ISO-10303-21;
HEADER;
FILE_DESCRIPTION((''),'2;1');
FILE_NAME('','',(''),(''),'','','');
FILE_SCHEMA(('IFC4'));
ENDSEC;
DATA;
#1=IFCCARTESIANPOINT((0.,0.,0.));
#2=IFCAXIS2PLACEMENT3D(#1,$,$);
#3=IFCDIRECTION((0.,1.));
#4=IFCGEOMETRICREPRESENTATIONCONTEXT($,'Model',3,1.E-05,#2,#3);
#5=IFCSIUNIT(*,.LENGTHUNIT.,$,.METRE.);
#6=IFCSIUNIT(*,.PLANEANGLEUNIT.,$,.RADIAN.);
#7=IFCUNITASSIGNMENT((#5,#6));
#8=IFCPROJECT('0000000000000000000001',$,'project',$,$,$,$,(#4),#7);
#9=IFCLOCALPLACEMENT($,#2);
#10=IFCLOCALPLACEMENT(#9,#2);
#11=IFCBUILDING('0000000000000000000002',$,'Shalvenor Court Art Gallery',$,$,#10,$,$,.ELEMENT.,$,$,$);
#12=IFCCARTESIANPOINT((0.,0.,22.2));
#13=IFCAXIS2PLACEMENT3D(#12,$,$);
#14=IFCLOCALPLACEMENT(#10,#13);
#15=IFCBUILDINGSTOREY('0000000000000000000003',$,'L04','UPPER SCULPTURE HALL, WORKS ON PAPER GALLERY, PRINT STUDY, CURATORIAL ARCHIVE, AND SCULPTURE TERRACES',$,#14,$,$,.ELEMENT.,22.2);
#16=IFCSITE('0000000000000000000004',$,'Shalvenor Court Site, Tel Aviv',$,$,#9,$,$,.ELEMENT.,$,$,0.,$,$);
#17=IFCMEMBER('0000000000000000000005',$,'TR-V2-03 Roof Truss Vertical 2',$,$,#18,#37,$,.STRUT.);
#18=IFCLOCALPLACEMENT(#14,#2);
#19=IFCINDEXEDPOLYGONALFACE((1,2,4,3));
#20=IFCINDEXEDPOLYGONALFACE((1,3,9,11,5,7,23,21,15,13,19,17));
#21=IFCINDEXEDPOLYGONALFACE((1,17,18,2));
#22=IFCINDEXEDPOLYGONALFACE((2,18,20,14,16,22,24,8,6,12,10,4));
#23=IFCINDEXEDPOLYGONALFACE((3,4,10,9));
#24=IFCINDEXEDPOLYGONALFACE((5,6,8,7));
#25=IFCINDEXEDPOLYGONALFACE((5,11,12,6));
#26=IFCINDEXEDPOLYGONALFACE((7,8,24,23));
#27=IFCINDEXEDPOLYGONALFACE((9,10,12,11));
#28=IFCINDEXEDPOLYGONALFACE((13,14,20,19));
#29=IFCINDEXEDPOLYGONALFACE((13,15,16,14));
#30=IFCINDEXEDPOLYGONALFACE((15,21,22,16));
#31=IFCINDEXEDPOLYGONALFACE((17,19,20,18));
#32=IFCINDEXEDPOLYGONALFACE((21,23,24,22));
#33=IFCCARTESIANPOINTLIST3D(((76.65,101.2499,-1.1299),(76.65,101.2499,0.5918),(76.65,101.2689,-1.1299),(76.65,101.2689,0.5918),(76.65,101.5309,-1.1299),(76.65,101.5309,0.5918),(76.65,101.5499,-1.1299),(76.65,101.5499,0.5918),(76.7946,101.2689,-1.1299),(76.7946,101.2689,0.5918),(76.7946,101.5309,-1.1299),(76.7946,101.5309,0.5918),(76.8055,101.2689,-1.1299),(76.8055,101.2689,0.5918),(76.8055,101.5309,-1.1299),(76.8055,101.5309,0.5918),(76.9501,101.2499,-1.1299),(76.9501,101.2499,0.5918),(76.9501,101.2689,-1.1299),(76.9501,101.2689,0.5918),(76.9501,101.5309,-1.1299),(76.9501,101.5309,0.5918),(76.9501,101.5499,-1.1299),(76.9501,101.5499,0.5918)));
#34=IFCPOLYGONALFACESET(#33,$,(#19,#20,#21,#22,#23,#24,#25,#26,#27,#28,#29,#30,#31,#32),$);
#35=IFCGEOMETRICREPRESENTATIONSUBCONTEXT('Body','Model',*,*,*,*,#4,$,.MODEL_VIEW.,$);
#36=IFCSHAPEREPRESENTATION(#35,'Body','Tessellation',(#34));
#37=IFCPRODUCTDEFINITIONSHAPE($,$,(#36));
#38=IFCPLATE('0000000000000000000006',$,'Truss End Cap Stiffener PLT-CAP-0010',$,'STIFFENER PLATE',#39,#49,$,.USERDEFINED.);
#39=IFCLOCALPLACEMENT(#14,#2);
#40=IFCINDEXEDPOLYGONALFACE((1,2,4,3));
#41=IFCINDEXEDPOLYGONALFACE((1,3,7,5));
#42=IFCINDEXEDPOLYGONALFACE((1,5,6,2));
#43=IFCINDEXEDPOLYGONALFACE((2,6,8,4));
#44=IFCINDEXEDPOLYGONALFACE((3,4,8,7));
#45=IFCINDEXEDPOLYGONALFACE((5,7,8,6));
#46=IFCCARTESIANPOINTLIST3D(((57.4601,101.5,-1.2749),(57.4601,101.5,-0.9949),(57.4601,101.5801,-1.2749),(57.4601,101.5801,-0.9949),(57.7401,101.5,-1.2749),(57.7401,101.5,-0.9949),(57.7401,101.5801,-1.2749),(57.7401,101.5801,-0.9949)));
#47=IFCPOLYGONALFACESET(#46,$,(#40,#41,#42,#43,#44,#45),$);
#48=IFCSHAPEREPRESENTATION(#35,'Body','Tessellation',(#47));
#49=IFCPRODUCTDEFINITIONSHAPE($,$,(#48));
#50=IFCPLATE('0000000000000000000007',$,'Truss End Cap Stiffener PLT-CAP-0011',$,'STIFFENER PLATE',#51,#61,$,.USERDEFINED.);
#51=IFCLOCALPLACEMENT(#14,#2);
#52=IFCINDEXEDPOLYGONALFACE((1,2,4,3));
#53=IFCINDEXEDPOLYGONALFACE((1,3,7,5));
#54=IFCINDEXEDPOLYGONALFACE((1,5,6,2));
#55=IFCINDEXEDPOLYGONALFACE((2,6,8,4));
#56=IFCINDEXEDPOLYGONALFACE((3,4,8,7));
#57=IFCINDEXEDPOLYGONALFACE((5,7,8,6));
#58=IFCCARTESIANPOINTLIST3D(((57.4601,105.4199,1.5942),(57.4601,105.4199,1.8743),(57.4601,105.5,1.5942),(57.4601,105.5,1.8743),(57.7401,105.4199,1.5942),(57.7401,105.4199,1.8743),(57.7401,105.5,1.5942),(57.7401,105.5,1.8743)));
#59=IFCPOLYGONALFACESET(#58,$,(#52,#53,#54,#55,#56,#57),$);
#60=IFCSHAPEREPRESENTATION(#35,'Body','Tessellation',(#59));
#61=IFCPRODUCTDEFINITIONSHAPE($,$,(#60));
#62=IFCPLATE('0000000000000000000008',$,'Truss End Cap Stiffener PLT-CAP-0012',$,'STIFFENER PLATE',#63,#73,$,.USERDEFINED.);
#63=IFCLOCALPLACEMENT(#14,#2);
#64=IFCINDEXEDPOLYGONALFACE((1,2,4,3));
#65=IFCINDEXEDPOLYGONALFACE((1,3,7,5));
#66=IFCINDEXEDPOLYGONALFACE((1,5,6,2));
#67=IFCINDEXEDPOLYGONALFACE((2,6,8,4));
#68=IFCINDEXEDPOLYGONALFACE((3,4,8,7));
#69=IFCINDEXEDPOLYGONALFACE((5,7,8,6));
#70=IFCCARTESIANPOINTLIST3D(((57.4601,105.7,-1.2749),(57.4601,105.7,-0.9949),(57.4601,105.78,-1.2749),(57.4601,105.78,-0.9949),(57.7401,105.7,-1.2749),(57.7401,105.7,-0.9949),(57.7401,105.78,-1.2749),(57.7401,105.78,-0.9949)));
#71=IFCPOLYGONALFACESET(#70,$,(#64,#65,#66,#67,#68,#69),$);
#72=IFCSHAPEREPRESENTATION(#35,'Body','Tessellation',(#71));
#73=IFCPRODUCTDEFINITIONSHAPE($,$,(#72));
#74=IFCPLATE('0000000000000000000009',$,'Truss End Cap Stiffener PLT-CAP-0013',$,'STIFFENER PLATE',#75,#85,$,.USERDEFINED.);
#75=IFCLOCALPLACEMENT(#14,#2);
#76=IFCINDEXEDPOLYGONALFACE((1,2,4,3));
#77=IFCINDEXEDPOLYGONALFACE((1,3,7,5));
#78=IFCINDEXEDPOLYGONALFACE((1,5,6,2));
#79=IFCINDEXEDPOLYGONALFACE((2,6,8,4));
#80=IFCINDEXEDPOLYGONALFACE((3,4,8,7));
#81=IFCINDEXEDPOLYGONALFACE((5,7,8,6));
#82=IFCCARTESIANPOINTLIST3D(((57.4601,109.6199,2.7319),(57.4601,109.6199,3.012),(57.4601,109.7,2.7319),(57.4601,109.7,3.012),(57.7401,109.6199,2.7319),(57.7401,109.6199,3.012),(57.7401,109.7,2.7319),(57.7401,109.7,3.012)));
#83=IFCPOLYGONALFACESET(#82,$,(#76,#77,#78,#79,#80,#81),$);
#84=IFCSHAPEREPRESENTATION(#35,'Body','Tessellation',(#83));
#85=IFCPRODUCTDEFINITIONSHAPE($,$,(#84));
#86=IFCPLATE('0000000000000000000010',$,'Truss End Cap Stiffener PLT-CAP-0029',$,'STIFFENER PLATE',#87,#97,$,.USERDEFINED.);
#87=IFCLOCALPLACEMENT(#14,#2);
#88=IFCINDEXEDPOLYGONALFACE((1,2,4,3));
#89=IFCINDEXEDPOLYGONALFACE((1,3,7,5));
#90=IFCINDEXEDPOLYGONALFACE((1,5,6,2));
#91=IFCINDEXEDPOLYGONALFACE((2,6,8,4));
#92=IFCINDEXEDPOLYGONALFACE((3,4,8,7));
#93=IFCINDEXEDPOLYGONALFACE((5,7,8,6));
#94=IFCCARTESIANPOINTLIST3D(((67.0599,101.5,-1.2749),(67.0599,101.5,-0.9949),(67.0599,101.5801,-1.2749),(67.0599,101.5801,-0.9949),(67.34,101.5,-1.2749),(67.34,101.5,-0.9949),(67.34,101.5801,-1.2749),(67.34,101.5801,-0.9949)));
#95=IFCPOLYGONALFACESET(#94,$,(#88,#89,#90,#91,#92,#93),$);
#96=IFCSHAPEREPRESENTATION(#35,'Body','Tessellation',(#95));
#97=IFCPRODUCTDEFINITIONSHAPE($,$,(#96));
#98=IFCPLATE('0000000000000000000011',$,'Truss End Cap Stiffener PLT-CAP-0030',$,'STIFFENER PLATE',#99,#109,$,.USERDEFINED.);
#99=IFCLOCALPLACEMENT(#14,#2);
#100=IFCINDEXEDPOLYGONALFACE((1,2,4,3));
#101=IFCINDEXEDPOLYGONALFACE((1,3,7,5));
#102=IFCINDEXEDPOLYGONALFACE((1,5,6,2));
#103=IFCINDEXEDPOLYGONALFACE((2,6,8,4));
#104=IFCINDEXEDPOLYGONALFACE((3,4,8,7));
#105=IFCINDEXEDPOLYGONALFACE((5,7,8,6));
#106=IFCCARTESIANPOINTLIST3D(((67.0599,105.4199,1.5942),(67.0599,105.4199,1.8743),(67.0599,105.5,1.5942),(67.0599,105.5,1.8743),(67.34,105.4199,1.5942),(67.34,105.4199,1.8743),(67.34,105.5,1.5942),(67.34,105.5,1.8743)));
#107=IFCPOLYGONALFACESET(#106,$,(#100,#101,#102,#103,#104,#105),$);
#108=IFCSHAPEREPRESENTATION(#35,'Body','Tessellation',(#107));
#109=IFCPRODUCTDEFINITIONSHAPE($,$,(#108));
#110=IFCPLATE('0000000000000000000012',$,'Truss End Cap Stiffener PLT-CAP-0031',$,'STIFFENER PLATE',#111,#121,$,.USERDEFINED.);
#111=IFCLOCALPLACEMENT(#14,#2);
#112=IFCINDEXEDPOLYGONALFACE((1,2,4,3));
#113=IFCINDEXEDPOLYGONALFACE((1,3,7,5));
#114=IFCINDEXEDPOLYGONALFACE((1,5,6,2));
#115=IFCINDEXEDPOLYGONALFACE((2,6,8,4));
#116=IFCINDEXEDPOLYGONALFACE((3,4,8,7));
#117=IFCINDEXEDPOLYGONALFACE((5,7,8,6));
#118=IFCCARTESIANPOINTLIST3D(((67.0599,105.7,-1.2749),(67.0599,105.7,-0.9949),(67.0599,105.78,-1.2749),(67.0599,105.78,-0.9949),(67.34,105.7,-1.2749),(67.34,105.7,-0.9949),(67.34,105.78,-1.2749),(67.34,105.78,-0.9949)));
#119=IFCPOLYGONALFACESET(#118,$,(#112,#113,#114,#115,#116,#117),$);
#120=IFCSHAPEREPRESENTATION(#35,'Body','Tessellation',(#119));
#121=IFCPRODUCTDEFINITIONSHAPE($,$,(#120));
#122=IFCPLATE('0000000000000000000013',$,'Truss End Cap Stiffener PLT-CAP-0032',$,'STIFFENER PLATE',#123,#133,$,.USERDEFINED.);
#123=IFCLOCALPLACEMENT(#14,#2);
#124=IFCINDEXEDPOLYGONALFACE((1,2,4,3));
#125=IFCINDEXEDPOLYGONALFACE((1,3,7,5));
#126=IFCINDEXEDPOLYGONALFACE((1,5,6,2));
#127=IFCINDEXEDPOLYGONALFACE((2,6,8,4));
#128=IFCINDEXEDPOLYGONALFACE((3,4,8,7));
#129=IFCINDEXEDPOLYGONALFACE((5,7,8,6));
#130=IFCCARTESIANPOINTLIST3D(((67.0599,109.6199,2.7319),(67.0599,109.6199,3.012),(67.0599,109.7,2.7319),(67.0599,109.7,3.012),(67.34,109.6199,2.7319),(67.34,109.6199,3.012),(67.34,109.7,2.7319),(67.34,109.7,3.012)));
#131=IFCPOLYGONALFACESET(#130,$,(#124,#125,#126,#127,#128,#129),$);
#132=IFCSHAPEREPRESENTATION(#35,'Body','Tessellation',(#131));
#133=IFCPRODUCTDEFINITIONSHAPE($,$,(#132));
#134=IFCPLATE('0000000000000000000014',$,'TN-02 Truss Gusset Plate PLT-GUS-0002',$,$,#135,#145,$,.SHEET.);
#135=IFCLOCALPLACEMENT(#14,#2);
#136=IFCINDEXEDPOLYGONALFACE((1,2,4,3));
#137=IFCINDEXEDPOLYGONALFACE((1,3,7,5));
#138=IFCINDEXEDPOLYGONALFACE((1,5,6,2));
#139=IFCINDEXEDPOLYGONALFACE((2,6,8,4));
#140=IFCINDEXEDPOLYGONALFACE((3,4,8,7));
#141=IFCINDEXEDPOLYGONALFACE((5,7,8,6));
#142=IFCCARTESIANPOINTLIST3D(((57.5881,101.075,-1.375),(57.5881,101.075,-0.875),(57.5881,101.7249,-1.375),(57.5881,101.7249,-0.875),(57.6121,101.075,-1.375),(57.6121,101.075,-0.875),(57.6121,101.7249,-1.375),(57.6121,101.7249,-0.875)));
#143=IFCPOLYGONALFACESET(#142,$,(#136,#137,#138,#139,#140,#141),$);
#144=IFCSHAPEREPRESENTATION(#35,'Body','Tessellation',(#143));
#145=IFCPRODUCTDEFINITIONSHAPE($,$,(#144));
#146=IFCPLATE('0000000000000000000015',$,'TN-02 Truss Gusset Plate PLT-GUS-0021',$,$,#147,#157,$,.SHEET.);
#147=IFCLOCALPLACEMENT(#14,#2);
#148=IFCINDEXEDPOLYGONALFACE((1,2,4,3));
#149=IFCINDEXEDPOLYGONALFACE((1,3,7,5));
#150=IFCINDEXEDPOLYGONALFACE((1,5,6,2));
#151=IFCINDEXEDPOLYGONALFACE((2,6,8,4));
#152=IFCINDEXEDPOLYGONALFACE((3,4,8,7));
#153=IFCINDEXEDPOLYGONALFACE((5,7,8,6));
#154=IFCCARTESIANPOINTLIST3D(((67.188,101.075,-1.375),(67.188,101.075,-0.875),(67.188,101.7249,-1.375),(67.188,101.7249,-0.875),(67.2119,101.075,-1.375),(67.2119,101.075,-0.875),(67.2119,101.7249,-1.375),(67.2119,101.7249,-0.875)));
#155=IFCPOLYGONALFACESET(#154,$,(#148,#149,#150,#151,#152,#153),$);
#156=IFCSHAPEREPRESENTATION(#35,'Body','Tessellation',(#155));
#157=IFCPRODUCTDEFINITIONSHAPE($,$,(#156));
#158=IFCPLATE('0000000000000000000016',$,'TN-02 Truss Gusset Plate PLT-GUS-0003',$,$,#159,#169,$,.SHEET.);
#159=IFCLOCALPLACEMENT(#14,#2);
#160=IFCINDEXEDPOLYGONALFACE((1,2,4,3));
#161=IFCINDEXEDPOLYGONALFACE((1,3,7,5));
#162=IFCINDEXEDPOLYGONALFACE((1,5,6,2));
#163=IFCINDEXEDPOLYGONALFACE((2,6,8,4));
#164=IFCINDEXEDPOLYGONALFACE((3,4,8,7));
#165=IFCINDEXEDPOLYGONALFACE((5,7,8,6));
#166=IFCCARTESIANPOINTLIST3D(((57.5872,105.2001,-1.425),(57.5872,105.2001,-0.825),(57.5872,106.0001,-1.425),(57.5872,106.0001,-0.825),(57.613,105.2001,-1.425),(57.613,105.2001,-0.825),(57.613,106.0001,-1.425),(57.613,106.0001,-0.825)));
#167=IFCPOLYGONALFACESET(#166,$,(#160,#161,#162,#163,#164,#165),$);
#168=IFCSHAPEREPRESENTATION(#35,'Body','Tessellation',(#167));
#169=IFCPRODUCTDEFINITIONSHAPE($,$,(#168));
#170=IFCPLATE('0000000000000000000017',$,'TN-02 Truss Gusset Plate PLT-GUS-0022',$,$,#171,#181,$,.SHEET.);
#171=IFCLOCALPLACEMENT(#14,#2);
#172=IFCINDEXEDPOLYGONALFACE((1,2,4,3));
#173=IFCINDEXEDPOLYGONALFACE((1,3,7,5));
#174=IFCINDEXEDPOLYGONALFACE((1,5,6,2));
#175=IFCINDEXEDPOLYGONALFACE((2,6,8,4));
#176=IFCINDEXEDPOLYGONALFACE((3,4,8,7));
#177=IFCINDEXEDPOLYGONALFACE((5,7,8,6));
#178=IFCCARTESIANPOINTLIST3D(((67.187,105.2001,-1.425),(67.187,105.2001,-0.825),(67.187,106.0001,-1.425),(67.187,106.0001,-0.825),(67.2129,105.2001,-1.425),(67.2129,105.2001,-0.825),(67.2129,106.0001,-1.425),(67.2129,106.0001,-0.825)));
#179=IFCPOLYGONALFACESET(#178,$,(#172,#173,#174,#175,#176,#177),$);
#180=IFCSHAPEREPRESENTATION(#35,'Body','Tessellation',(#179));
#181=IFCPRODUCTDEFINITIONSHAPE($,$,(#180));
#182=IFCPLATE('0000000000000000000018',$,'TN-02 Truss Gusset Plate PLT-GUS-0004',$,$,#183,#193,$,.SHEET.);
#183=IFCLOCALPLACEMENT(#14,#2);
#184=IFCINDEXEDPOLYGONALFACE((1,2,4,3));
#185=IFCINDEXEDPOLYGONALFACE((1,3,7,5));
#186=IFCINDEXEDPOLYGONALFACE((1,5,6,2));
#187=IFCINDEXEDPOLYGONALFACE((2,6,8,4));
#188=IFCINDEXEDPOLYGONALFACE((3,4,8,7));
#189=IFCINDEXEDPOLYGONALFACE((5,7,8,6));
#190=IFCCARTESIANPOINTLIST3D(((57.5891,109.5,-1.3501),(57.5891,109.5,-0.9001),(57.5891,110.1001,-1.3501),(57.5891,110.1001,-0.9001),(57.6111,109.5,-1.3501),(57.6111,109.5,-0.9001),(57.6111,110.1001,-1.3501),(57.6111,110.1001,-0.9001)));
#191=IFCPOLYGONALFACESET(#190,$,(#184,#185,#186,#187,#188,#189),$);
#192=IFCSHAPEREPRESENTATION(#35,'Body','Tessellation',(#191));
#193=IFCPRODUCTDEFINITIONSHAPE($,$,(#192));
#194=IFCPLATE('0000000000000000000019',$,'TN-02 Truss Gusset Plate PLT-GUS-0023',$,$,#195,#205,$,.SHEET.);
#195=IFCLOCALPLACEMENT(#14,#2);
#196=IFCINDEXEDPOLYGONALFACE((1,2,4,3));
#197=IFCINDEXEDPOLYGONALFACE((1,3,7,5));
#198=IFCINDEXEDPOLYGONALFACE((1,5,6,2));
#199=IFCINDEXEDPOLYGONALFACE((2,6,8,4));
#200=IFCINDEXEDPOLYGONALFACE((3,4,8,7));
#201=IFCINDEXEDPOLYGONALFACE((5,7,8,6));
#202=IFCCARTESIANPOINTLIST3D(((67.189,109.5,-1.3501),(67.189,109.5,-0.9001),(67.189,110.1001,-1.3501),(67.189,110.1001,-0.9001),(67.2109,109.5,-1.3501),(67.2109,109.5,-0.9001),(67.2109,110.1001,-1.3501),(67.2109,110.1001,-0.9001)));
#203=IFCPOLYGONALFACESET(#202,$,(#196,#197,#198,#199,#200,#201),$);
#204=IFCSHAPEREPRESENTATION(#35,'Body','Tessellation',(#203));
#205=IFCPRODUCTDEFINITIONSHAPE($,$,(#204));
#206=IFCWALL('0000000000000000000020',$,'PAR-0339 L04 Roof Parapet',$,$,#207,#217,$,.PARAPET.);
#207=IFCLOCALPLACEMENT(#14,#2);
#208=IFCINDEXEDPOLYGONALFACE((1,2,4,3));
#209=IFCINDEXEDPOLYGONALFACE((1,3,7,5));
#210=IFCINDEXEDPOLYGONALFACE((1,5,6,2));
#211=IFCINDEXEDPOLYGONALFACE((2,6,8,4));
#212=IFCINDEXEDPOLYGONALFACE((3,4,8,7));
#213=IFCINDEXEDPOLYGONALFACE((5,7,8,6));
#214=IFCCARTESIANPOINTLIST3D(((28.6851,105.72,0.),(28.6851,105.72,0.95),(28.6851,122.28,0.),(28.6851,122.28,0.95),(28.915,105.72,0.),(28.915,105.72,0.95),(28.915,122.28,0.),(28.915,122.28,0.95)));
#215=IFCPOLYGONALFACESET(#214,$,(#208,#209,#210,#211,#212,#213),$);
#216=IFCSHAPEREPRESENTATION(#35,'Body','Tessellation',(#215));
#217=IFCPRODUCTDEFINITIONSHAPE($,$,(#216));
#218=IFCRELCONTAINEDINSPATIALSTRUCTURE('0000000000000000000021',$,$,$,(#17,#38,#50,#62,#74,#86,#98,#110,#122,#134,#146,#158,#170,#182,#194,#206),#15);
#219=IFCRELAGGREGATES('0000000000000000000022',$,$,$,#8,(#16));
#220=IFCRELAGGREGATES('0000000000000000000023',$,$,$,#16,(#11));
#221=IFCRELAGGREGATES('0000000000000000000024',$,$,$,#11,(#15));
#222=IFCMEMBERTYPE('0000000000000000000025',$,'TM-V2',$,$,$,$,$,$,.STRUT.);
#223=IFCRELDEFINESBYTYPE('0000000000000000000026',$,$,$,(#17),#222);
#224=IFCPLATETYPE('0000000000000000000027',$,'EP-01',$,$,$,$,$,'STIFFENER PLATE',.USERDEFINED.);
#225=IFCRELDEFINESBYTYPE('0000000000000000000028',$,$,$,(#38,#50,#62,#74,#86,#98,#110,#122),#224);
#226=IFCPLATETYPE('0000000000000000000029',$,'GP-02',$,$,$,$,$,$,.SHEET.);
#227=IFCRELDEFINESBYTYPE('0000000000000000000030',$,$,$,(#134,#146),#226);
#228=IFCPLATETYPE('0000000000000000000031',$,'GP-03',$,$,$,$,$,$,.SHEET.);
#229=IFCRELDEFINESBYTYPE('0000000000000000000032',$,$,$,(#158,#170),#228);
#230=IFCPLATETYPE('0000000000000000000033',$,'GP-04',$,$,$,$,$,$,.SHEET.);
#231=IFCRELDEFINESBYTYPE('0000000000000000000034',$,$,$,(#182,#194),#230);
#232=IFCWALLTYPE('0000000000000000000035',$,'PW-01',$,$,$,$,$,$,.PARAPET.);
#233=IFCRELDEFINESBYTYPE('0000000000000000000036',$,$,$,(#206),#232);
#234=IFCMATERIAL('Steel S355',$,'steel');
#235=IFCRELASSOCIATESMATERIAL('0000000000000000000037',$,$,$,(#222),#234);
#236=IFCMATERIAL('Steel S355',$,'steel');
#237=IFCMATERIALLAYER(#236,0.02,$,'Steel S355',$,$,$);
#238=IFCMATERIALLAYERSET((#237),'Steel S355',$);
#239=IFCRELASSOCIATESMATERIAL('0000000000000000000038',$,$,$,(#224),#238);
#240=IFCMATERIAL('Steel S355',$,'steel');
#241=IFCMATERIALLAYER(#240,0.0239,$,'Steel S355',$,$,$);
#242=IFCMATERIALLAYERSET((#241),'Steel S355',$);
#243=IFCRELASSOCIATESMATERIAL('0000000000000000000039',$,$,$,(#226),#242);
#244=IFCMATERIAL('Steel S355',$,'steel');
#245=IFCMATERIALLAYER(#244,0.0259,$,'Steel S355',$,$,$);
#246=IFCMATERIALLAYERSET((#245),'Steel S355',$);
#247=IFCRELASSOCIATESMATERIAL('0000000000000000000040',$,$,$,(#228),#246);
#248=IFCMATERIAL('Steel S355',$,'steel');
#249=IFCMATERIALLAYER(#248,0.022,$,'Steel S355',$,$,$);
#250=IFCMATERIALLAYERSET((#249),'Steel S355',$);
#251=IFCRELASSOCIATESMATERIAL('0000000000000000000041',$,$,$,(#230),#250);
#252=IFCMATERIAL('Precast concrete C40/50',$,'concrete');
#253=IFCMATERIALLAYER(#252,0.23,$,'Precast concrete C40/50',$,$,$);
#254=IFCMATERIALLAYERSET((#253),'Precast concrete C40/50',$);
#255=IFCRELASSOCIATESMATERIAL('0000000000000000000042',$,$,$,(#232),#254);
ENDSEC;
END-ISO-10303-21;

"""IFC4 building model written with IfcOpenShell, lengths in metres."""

from ifc_helpers import new_model, si_unit, direction, frame, frame_2d, origin, origin_2d, place, context, subcontext, project, spatial, rectangle, i_section, extrude, material, layer, layer_set, material_profile, profile_set, type_object, element, save


model = new_model("IFC4")

# Units and contexts
model_context = context("Model", 3, precision=1e-05, world=origin(), true_north=direction((0.0, 1.0)))
body_context = subcontext(model_context, "Body", "Model", "MODEL_VIEW")
ifc_project = project(units=[si_unit("LENGTHUNIT", "METRE"), si_unit("PLANEANGLEUNIT", "RADIAN")], contexts=[model_context])

# Site, building, storey
site_placement = place(None, origin())
site = spatial("IfcSite", under=ifc_project, at=site_placement, Name="Shalvenor Court Site, Tel Aviv", CompositionType="ELEMENT", RefElevation=0.0)
building_placement = place(site_placement, origin())
building = spatial("IfcBuilding", under=site, at=building_placement, Name="Shalvenor Court Art Gallery", CompositionType="ELEMENT")
storey_placement = place(building_placement, frame((0.0, 0.0, 22.2)))
storey = spatial("IfcBuildingStorey", under=building, at=storey_placement, Name="L04", Description="UPPER SCULPTURE HALL, WORKS ON PAPER GALLERY, PRINT STUDY, CURATORIAL ARCHIVE, AND SCULPTURE TERRACES", CompositionType="ELEMENT", Elevation=22.2)

# Member
ifc_material_1 = material(Name="Steel S355", Category="steel")
ifc_material_profile_1 = material_profile(ifc_material_1, i_section(OverallWidth=0.3, OverallDepth=0.3, WebThickness=0.011, FlangeThickness=0.019, at=origin_2d()), Name="HEB 300")
ifc_profile_set_1 = profile_set([ifc_material_profile_1], Name="Steel S355")
member_type_1 = type_object("IfcMemberType", Name="TM-V2", PredefinedType="STRUT", material=ifc_profile_set_1)
member_1_placement = place(storey_placement, frame((76.8, 101.3999, -1.1299), z_axis=(0.0, 0.0, 1.0), x_axis=(1.0, 0.0, 0.0)))
element("IfcMember", 1, at=member_1_placement, inside=storey, type_object=member_type_1, Name="TR-V2-03 Roof Truss Vertical 2", PredefinedType="STRUT", context=body_context, shape_type="SweptSolid", body=[
    extrude(i_section(OverallWidth=0.3, OverallDepth=0.3, WebThickness=0.011, FlangeThickness=0.019, at=origin_2d()), origin(), (0.0, 0.0, 1.0), 1.7217),
])

# Plates
ifc_material_2 = material(Name="Steel S355", Category="steel")
ifc_layer_1 = layer(ifc_material_2, 0.02, Name="Steel S355")
ifc_layer_set_1 = layer_set([ifc_layer_1], Name="Steel S355")
plate_type_1 = type_object("IfcPlateType", Name="EP-01", ElementType="STIFFENER PLATE", PredefinedType="USERDEFINED", material=ifc_layer_set_1)
for number, where, z_axis, x_axis, name in (
    (2, (57.6001, 101.54, -1.2749), (0.0, 0.0, 1.0), (1.0, 0.0, 0.0), "Truss End Cap Stiffener PLT-CAP-0010"),
    (3, (57.6001, 105.46, 1.5942), (0.0, 0.0, 1.0), (1.0, 0.0, 0.0), "Truss End Cap Stiffener PLT-CAP-0011"),
    (4, (57.6001, 105.74, -1.2749), (0.0, 0.0, 1.0), (1.0, 0.0, 0.0), "Truss End Cap Stiffener PLT-CAP-0012"),
    (5, (57.6001, 109.6599, 2.7319), (0.0, 0.0, 1.0), (1.0, 0.0, 0.0), "Truss End Cap Stiffener PLT-CAP-0013"),
    (6, (67.2, 101.54, -1.2749), (0.0, 0.0, 1.0), (1.0, 0.0, 0.0), "Truss End Cap Stiffener PLT-CAP-0029"),
    (7, (67.2, 105.46, 1.5942), (0.0, 0.0, 1.0), (1.0, 0.0, 0.0), "Truss End Cap Stiffener PLT-CAP-0030"),
    (8, (67.2, 105.74, -1.2749), (0.0, 0.0, 1.0), (1.0, 0.0, 0.0), "Truss End Cap Stiffener PLT-CAP-0031"),
    (9, (67.2, 109.6599, 2.7319), (0.0, 0.0, 1.0), (1.0, 0.0, 0.0), "Truss End Cap Stiffener PLT-CAP-0032"),
):
    element("IfcPlate", number, at=place(storey_placement, frame(where, z_axis=z_axis, x_axis=x_axis)), inside=storey, type_object=plate_type_1, Name=name, ObjectType="STIFFENER PLATE", PredefinedType="USERDEFINED", context=body_context, shape_type="SweptSolid", body=[
        extrude(rectangle(XDim=0.28, YDim=0.0801, at=origin_2d()), origin(), (0.0, 0.0, 1.0), 0.28),
    ])
ifc_material_3 = material(Name="Steel S355", Category="steel")
ifc_layer_2 = layer(ifc_material_3, 0.0239, Name="Steel S355")
ifc_layer_set_2 = layer_set([ifc_layer_2], Name="Steel S355")
plate_type_2 = type_object("IfcPlateType", Name="GP-02", PredefinedType="SHEET", material=ifc_layer_set_2)
for number, where, z_axis, x_axis, name in (
    (10, (57.6001, 101.3999, -1.375), (0.0, 0.0, 1.0), (0.0, 1.0, 0.0), "TN-02 Truss Gusset Plate PLT-GUS-0002"),
    (11, (67.2, 101.3999, -1.375), (0.0, 0.0, 1.0), (0.0, 1.0, 0.0), "TN-02 Truss Gusset Plate PLT-GUS-0021"),
):
    element("IfcPlate", number, at=place(storey_placement, frame(where, z_axis=z_axis, x_axis=x_axis)), inside=storey, type_object=plate_type_2, Name=name, PredefinedType="SHEET", context=body_context, shape_type="SweptSolid", body=[
        extrude(rectangle(XDim=0.6499, YDim=0.0239, at=origin_2d()), origin(), (0.0, 0.0, 1.0), 0.5),
    ])
ifc_material_4 = material(Name="Steel S355", Category="steel")
ifc_layer_3 = layer(ifc_material_4, 0.0259, Name="Steel S355")
ifc_layer_set_3 = layer_set([ifc_layer_3], Name="Steel S355")
plate_type_3 = type_object("IfcPlateType", Name="GP-03", PredefinedType="SHEET", material=ifc_layer_set_3)
for number, where, z_axis, x_axis, name in (
    (12, (57.6001, 105.6001, -1.425), (0.0, 0.0, 1.0), (0.0, 1.0, 0.0), "TN-02 Truss Gusset Plate PLT-GUS-0003"),
    (13, (67.2, 105.6001, -1.425), (0.0, 0.0, 1.0), (0.0, 1.0, 0.0), "TN-02 Truss Gusset Plate PLT-GUS-0022"),
):
    element("IfcPlate", number, at=place(storey_placement, frame(where, z_axis=z_axis, x_axis=x_axis)), inside=storey, type_object=plate_type_3, Name=name, PredefinedType="SHEET", context=body_context, shape_type="SweptSolid", body=[
        extrude(rectangle(XDim=0.8, YDim=0.0259, at=origin_2d()), origin(), (0.0, 0.0, 1.0), 0.6001),
    ])
ifc_material_5 = material(Name="Steel S355", Category="steel")
ifc_layer_4 = layer(ifc_material_5, 0.022, Name="Steel S355")
ifc_layer_set_4 = layer_set([ifc_layer_4], Name="Steel S355")
plate_type_4 = type_object("IfcPlateType", Name="GP-04", PredefinedType="SHEET", material=ifc_layer_set_4)
for number, where, z_axis, x_axis, name in (
    (14, (57.6001, 109.8, -1.3501), (0.0, 0.0, 1.0), (0.0, 1.0, 0.0), "TN-02 Truss Gusset Plate PLT-GUS-0004"),
    (15, (67.2, 109.8, -1.3501), (0.0, 0.0, 1.0), (0.0, 1.0, 0.0), "TN-02 Truss Gusset Plate PLT-GUS-0023"),
):
    element("IfcPlate", number, at=place(storey_placement, frame(where, z_axis=z_axis, x_axis=x_axis)), inside=storey, type_object=plate_type_4, Name=name, PredefinedType="SHEET", context=body_context, shape_type="SweptSolid", body=[
        extrude(rectangle(XDim=0.6001, YDim=0.022, at=origin_2d()), origin(), (0.0, 0.0, 1.0), 0.45),
    ])

# Wall
ifc_material_6 = material(Name="Precast concrete C40/50", Category="concrete")
ifc_layer_5 = layer(ifc_material_6, 0.23, Name="Precast concrete C40/50")
ifc_layer_set_5 = layer_set([ifc_layer_5], Name="Precast concrete C40/50")
wall_type = type_object("IfcWallType", Name="PW-01", PredefinedType="PARAPET", material=ifc_layer_set_5)
wall_1_placement = place(storey_placement, frame((28.8, 105.72, 0.0), z_axis=(0.0, 0.0, 1.0), x_axis=(0.0, 1.0, 0.0)))
element("IfcWall", 16, at=wall_1_placement, inside=storey, type_object=wall_type, Name="PAR-0339 L04 Roof Parapet", PredefinedType="PARAPET", context=body_context, shape_type="SweptSolid", body=[
    extrude(rectangle(XDim=16.5601, YDim=0.23, at=frame_2d((8.28, 0.0))), origin(), (0.0, 0.0, 1.0), 0.95),
])

save(model, "model.ifc")
